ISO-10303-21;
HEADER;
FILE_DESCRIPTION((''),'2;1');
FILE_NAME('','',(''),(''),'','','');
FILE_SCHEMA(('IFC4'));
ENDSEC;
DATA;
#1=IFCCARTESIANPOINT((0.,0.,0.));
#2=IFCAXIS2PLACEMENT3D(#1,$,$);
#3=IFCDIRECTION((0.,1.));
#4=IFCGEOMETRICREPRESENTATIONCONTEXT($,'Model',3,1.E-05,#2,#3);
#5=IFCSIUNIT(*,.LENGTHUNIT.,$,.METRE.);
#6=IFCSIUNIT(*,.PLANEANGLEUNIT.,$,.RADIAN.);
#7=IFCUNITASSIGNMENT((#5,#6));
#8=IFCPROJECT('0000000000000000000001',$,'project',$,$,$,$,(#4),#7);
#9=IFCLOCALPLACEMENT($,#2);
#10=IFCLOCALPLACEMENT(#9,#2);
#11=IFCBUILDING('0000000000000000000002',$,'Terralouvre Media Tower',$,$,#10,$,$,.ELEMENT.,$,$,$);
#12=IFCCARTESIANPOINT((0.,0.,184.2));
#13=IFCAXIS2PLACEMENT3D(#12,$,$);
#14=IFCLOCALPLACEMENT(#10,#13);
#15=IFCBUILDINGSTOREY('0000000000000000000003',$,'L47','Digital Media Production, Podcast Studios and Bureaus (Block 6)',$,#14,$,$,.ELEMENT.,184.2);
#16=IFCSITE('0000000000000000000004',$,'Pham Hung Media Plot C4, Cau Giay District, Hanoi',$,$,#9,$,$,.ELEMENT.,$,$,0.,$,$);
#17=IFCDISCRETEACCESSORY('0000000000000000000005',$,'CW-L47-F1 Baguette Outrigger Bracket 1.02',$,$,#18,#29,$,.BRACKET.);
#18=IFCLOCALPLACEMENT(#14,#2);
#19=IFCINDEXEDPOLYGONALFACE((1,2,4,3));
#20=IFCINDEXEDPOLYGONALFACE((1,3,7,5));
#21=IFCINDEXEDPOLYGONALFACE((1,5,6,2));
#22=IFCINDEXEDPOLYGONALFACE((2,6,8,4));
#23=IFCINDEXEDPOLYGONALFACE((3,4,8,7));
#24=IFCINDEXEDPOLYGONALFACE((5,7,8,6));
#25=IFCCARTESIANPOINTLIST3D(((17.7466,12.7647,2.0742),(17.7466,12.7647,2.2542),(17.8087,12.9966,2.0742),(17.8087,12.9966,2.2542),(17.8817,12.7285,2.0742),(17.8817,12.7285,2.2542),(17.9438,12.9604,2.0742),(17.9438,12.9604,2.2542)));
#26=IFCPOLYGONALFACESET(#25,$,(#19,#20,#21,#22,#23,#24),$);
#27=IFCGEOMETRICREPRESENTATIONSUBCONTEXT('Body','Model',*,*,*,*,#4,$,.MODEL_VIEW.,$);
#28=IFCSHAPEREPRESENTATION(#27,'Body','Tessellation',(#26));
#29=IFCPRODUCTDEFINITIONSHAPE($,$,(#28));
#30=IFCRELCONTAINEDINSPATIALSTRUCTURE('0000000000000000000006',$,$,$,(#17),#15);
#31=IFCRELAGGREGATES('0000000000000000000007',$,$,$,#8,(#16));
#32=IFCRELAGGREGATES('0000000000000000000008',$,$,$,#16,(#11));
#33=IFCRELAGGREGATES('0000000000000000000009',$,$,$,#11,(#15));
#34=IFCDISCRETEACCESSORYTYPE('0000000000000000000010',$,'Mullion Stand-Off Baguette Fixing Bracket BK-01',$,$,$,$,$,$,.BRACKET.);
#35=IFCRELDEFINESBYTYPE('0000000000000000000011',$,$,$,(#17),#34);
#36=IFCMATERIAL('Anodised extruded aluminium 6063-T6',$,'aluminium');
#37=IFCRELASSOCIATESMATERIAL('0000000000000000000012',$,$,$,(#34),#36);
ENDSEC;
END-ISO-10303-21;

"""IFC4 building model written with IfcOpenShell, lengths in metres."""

from ifc_helpers import new_model, si_unit, direction, frame, origin, origin_2d, place, context, subcontext, project, spatial, rectangle, extrude, material, type_object, element, save


model = new_model("IFC4")

# Units and contexts
model_context = context("Model", 3, precision=1e-05, world=origin(), true_north=direction((0.0, 1.0)))
body_context = subcontext(model_context, "Body", "Model", "MODEL_VIEW")
ifc_project = project(units=[si_unit("LENGTHUNIT", "METRE"), si_unit("PLANEANGLEUNIT", "RADIAN")], contexts=[model_context])

# Site, building, storey
site_placement = place(None, origin())
site = spatial("IfcSite", under=ifc_project, at=site_placement, Name="Pham Hung Media Plot C4, Cau Giay District, Hanoi", CompositionType="ELEMENT", RefElevation=0.0)
building_placement = place(site_placement, origin())
building = spatial("IfcBuilding", under=site, at=building_placement, Name="Terralouvre Media Tower", CompositionType="ELEMENT")
storey_placement = place(building_placement, frame((0.0, 0.0, 184.2)))
storey = spatial("IfcBuildingStorey", under=building, at=storey_placement, Name="L47", Description="Digital Media Production, Podcast Studios and Bureaus (Block 6)", CompositionType="ELEMENT", Elevation=184.2)

# Discrete accessory
ifc_material_1 = material(Name="Anodised extruded aluminium 6063-T6", Category="aluminium")
discrete_accessory_type = type_object("IfcDiscreteAccessoryType", Name="Mullion Stand-Off Baguette Fixing Bracket BK-01", PredefinedType="BRACKET", material=ifc_material_1)
discrete_accessory_placement = place(storey_placement, frame((17.8452, 12.8625, 2.0742), z_axis=(0.0, 0.0, 1.0), x_axis=(-0.965926, 0.258819, 0.0)))
element("IfcDiscreteAccessory", 1, at=discrete_accessory_placement, inside=storey, type_object=discrete_accessory_type, Name="CW-L47-F1 Baguette Outrigger Bracket 1.02", PredefinedType="BRACKET", context=body_context, shape_type="SweptSolid", body=[
    extrude(rectangle(XDim=0.1399, YDim=0.24, at=origin_2d()), origin(), (0.0, 0.0, 1.0), 0.1799),
])

save(model, "model.ifc")
